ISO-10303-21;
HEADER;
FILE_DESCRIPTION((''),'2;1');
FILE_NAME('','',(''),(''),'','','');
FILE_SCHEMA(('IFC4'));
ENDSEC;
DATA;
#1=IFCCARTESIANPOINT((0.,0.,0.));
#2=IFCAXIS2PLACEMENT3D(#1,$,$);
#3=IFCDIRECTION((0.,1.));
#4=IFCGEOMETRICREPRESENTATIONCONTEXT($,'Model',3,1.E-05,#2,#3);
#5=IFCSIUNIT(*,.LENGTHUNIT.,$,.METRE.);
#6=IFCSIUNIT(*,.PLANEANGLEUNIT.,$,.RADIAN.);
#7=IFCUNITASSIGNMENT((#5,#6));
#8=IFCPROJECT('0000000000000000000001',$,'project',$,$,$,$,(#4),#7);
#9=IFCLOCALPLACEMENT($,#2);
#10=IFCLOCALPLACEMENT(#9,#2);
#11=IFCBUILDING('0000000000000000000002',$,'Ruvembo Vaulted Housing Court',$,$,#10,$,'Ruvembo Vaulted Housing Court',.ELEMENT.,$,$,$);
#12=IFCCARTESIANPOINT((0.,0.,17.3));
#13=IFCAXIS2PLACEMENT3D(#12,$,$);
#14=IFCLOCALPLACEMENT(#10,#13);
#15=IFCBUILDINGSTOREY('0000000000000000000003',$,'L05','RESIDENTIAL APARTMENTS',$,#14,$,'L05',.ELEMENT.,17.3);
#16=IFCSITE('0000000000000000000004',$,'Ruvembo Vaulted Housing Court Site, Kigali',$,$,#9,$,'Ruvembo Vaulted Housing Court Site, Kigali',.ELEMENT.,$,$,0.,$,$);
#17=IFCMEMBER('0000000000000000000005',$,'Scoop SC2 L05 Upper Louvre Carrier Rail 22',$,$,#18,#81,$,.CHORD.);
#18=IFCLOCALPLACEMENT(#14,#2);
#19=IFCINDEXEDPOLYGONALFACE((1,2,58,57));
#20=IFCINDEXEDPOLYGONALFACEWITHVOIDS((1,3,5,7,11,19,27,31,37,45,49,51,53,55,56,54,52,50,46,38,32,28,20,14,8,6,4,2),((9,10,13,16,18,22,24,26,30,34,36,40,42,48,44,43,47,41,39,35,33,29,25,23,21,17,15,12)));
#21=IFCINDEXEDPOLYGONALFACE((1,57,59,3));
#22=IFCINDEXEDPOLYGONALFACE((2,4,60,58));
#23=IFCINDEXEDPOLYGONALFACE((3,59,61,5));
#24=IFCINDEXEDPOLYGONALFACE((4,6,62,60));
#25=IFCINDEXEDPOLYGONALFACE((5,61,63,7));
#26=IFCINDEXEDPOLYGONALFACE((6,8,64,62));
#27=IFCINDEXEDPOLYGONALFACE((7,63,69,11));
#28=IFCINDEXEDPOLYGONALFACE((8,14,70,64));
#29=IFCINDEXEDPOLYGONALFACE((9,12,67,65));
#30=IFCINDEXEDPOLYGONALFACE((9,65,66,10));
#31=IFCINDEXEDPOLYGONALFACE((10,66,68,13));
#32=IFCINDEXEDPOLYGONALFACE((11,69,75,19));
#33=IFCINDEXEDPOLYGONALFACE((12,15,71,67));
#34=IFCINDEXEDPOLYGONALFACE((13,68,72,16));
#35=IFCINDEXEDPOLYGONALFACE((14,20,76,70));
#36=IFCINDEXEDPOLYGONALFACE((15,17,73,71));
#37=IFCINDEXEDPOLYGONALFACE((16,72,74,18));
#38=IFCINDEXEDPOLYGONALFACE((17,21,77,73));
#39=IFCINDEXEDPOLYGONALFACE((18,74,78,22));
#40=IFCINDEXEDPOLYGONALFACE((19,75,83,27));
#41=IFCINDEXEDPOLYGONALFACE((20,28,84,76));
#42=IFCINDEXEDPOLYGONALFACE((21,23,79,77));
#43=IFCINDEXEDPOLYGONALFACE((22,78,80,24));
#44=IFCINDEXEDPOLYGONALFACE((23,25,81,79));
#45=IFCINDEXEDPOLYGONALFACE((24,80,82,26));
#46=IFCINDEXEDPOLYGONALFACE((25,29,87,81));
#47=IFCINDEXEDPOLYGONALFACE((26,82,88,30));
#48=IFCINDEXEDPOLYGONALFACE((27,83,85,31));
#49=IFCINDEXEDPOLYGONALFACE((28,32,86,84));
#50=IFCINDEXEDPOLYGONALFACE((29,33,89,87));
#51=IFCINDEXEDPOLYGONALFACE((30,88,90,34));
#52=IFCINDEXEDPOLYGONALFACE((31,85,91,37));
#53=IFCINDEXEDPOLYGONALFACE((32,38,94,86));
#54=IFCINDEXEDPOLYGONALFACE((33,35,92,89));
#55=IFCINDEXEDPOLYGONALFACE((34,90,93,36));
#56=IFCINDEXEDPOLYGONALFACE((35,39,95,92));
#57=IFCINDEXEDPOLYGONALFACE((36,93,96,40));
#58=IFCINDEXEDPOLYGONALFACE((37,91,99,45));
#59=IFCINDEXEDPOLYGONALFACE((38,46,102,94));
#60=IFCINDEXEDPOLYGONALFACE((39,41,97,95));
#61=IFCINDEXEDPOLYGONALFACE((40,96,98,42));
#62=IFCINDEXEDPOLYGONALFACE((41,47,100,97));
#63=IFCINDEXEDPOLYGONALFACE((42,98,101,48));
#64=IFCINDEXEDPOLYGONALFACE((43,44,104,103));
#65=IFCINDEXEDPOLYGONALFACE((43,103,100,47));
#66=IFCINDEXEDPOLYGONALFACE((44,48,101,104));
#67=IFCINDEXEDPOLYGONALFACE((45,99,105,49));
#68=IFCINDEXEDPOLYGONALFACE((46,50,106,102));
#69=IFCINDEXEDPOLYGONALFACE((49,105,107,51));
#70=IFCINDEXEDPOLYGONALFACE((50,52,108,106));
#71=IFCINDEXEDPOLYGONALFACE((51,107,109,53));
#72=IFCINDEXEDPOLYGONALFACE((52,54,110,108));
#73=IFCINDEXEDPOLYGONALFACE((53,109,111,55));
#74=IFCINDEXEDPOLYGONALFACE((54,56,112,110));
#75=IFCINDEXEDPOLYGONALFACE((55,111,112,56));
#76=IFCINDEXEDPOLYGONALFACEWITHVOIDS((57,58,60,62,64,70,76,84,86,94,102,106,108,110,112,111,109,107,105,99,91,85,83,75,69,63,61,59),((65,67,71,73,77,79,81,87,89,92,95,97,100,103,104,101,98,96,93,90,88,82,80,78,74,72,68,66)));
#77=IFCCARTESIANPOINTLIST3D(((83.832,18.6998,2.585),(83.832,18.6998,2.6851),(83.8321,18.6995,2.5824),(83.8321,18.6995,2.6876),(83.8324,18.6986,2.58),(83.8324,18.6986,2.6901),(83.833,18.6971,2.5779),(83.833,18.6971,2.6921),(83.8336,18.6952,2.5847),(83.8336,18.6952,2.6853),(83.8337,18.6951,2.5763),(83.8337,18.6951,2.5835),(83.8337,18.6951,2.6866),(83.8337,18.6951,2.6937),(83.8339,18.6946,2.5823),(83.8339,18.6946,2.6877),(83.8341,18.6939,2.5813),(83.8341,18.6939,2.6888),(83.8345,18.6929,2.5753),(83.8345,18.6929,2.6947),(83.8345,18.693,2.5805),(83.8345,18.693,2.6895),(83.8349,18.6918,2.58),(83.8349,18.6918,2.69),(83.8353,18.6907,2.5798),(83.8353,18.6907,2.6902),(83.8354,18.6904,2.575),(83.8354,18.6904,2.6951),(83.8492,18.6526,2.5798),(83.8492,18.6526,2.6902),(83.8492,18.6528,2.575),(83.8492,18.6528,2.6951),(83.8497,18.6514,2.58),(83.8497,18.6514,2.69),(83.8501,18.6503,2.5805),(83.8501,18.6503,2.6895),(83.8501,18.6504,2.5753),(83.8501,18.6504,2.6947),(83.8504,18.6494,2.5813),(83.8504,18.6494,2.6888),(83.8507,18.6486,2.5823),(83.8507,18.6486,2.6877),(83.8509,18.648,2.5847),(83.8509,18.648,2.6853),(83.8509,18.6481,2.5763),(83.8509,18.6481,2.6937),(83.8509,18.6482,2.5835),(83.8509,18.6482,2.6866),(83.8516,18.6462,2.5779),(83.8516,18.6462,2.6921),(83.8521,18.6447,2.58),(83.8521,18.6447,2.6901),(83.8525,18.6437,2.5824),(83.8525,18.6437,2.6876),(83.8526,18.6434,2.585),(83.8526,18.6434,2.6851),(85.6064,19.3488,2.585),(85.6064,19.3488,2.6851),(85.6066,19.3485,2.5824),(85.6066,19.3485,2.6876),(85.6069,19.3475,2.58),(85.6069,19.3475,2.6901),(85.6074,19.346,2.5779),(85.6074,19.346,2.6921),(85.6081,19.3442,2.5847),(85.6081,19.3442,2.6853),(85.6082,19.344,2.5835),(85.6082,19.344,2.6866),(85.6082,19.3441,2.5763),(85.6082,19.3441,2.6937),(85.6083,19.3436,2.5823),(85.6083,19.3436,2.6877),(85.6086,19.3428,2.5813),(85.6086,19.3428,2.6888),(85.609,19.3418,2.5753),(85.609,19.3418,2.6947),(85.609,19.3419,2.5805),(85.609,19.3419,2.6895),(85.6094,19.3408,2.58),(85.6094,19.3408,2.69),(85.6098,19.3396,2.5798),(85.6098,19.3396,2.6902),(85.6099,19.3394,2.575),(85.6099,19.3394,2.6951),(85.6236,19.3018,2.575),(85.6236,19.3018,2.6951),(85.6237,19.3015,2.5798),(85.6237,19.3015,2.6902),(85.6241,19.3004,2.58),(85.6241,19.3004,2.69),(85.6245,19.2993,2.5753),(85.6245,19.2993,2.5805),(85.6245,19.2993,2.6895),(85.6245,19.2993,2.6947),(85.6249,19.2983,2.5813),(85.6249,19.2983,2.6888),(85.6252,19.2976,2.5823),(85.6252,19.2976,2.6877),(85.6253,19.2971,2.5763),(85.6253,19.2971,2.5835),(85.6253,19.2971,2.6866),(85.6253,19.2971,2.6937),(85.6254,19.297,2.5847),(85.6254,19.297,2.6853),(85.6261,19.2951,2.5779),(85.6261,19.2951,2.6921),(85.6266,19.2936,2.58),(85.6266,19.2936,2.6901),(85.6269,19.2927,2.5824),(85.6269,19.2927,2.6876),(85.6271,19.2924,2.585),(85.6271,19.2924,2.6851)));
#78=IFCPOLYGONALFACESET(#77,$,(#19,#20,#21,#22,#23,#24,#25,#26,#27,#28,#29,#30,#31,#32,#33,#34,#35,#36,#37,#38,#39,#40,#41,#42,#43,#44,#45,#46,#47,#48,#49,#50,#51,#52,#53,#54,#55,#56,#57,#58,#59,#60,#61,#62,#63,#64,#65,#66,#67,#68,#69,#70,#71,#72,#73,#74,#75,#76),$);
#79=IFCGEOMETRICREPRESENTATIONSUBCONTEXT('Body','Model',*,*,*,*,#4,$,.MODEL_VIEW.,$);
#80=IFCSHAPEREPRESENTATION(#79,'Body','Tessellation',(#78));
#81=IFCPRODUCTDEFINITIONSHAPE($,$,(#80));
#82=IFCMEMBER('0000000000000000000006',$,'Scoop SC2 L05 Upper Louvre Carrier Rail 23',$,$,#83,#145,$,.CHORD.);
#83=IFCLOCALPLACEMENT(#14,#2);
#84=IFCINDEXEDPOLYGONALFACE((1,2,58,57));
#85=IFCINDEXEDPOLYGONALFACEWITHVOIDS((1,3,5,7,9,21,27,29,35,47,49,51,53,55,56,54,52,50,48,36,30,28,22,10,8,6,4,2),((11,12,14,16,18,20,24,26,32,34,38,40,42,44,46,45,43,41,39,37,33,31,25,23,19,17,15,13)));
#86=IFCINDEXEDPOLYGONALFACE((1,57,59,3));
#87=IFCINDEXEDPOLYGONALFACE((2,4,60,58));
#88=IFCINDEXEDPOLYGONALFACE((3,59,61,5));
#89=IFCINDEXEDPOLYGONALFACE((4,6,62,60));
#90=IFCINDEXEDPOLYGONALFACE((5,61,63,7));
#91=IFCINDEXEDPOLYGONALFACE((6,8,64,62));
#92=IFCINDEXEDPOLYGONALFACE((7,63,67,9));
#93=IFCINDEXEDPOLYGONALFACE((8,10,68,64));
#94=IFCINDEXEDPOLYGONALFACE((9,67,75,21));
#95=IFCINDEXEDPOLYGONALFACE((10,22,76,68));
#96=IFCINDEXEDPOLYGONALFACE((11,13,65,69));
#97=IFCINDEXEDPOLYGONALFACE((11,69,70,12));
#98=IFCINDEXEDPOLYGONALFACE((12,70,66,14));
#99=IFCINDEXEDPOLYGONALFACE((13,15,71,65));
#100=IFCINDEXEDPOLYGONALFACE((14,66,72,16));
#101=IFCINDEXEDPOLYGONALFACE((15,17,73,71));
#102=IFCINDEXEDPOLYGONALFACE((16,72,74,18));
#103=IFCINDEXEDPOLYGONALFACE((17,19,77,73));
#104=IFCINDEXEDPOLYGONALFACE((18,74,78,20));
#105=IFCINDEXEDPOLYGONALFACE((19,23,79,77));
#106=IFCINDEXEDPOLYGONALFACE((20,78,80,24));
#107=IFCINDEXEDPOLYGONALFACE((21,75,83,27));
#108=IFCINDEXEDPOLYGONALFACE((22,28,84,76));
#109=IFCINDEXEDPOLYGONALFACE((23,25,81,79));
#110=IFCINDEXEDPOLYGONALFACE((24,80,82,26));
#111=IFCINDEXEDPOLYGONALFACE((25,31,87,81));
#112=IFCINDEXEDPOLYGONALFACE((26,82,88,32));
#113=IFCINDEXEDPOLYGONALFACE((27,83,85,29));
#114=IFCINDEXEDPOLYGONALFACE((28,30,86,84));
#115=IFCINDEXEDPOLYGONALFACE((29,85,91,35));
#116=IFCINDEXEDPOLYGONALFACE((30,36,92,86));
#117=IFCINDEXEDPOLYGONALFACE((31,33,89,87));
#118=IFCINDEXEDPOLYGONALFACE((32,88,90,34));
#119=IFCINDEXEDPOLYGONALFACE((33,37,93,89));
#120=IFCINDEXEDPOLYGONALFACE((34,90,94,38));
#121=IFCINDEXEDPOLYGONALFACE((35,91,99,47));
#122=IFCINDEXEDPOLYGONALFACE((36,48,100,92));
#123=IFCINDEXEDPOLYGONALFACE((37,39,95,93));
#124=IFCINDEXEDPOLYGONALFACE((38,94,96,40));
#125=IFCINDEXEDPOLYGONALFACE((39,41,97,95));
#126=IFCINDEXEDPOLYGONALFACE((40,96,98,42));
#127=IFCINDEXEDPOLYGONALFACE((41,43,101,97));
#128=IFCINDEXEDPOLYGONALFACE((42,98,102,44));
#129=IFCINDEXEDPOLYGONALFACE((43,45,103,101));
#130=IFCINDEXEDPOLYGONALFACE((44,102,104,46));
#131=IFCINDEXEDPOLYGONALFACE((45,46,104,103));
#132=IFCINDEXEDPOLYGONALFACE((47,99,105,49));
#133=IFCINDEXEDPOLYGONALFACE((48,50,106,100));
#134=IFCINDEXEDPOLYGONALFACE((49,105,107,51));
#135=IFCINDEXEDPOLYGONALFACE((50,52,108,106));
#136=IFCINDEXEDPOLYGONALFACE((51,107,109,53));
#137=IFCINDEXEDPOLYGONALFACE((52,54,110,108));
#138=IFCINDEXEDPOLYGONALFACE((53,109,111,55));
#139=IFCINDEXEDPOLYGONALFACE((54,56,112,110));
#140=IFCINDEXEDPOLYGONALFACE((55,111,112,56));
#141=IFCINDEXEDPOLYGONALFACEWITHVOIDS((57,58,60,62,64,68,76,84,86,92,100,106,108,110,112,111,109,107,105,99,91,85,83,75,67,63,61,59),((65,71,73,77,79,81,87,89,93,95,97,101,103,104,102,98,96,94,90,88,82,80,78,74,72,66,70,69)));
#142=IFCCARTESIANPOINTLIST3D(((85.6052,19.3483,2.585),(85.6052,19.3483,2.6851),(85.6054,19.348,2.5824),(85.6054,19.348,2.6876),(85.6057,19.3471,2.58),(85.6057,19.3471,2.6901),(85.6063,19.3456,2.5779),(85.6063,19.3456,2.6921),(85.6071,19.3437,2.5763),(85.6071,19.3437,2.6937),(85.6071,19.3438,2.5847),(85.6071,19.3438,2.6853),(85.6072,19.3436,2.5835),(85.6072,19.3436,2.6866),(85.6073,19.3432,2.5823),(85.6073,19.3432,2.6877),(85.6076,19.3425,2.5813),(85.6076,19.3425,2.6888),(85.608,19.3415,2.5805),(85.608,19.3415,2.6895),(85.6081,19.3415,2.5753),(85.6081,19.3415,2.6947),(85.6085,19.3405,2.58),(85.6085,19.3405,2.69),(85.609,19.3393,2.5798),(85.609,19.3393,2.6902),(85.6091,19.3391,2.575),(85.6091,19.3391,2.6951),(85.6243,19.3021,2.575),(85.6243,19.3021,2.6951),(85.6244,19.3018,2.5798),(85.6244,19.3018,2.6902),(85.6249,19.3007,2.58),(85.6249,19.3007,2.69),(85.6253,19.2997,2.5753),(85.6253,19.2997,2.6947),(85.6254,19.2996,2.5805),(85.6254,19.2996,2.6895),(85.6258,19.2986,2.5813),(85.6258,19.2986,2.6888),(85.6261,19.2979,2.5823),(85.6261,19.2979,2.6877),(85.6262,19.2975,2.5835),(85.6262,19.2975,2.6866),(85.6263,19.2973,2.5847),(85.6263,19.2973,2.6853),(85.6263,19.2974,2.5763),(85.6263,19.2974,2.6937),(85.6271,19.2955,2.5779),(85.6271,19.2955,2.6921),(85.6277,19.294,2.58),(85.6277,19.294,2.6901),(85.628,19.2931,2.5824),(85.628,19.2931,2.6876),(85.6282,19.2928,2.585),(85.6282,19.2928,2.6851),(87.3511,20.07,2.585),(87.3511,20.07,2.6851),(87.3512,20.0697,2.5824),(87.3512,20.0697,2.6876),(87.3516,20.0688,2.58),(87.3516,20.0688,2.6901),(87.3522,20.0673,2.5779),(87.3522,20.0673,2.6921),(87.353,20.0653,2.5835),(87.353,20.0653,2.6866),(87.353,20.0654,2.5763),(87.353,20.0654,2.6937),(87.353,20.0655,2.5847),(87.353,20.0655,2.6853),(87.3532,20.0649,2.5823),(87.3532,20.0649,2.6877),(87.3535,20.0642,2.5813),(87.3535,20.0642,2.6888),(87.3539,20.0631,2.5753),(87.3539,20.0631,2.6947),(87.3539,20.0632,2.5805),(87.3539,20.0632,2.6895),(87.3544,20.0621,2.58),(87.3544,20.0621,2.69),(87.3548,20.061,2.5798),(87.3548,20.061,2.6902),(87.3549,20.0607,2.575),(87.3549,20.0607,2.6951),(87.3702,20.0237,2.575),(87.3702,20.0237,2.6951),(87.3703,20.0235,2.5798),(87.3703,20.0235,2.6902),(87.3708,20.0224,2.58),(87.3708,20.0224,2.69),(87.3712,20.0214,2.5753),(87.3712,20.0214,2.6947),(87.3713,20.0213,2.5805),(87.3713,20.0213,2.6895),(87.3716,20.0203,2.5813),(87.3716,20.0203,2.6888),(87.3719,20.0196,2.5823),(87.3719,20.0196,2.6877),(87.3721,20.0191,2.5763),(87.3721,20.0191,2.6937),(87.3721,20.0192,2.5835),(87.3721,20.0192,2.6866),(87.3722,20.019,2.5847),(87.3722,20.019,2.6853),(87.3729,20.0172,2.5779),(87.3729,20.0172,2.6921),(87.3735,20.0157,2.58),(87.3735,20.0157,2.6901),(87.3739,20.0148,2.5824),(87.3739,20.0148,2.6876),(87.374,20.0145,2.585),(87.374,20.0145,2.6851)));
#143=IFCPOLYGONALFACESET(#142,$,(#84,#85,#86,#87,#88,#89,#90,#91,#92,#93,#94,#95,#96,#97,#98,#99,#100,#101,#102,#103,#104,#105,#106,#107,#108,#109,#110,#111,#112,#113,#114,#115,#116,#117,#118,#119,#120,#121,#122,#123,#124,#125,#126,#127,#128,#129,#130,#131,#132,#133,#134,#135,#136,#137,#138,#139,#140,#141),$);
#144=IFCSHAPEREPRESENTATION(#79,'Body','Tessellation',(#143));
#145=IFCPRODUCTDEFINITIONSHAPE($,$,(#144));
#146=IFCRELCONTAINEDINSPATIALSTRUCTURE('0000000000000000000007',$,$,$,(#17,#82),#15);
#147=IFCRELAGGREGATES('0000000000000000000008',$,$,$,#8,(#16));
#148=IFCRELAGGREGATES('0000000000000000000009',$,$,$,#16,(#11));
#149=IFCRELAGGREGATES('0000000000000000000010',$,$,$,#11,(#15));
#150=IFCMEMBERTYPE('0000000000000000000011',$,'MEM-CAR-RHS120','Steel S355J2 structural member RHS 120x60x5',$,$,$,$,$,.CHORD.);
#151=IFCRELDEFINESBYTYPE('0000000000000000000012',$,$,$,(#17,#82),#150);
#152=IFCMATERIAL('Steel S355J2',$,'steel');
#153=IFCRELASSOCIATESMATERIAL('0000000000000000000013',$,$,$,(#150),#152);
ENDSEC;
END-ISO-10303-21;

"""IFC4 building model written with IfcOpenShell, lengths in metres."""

from ifc_helpers import new_model, si_unit, direction, frame, origin, origin_2d, place, context, subcontext, project, spatial, hollow_rectangle, extrude, material, material_profile, profile_set, type_object, element, save


model = new_model("IFC4")

# Units and contexts
model_context = context("Model", 3, precision=1e-05, world=origin(), true_north=direction((0.0, 1.0)))
body_context = subcontext(model_context, "Body", "Model", "MODEL_VIEW")
ifc_project = project(units=[si_unit("LENGTHUNIT", "METRE"), si_unit("PLANEANGLEUNIT", "RADIAN")], contexts=[model_context])

# Site, building, storey
site_placement = place(None, origin())
site = spatial("IfcSite", under=ifc_project, at=site_placement, Name="Ruvembo Vaulted Housing Court Site, Kigali", LongName="Ruvembo Vaulted Housing Court Site, Kigali", CompositionType="ELEMENT", RefElevation=0.0)
building_placement = place(site_placement, origin())
building = spatial("IfcBuilding", under=site, at=building_placement, Name="Ruvembo Vaulted Housing Court", LongName="Ruvembo Vaulted Housing Court", CompositionType="ELEMENT")
storey_placement = place(building_placement, frame((0.0, 0.0, 17.3)))
storey = spatial("IfcBuildingStorey", under=building, at=storey_placement, Name="L05", Description="RESIDENTIAL APARTMENTS", LongName="L05", CompositionType="ELEMENT", Elevation=17.3)

# Shared definitions
ifc_material_1 = material(Name="Steel S355J2", Category="steel")

# Members
ifc_material_profile_1 = material_profile(ifc_material_1, hollow_rectangle(XDim=0.0601, YDim=0.1201, WallThickness=0.0049, InnerFilletRadius=0.0049, OuterFilletRadius=0.01, at=origin_2d()), Name="RHS 120x60x5")
ifc_profile_set_1 = profile_set([ifc_material_profile_1], Name="Steel S355J2")
member_type_1 = type_object("IfcMemberType", Name="MEM-CAR-RHS120", Description="Steel S355J2 structural member RHS 120x60x5", PredefinedType="CHORD", material=ifc_profile_set_1)
member_1_placement = place(storey_placement, frame((83.8423, 18.6716, 2.635), z_axis=(0.939166, 0.343465, 0.0), x_axis=(-0.343465, 0.939166, 0.0)))
element("IfcMember", 1, at=member_1_placement, inside=storey, type_object=member_type_1, Name="Scoop SC2 L05 Upper Louvre Carrier Rail 22", PredefinedType="CHORD", context=body_context, shape_type="SweptSolid", body=[
    extrude(hollow_rectangle(XDim=0.0601, YDim=0.1201, WallThickness=0.0049, InnerFilletRadius=0.0049, OuterFilletRadius=0.01, at=origin_2d()), origin(), (0.0, 0.0, 1.0), 1.8894),
])
member_2_placement = place(storey_placement, frame((85.6167, 19.3206, 2.635), z_axis=(0.924155, 0.382017, 0.0), x_axis=(-0.382017, 0.924155, 0.0)))
element("IfcMember", 2, at=member_2_placement, inside=storey, type_object=member_type_1, Name="Scoop SC2 L05 Upper Louvre Carrier Rail 23", PredefinedType="CHORD", context=body_context, shape_type="SweptSolid", body=[
    extrude(hollow_rectangle(XDim=0.0601, YDim=0.1201, WallThickness=0.0049, InnerFilletRadius=0.0049, OuterFilletRadius=0.01, at=origin_2d()), origin(), (0.0, 0.0, 1.0), 1.8892),
])

save(model, "model.ifc")
